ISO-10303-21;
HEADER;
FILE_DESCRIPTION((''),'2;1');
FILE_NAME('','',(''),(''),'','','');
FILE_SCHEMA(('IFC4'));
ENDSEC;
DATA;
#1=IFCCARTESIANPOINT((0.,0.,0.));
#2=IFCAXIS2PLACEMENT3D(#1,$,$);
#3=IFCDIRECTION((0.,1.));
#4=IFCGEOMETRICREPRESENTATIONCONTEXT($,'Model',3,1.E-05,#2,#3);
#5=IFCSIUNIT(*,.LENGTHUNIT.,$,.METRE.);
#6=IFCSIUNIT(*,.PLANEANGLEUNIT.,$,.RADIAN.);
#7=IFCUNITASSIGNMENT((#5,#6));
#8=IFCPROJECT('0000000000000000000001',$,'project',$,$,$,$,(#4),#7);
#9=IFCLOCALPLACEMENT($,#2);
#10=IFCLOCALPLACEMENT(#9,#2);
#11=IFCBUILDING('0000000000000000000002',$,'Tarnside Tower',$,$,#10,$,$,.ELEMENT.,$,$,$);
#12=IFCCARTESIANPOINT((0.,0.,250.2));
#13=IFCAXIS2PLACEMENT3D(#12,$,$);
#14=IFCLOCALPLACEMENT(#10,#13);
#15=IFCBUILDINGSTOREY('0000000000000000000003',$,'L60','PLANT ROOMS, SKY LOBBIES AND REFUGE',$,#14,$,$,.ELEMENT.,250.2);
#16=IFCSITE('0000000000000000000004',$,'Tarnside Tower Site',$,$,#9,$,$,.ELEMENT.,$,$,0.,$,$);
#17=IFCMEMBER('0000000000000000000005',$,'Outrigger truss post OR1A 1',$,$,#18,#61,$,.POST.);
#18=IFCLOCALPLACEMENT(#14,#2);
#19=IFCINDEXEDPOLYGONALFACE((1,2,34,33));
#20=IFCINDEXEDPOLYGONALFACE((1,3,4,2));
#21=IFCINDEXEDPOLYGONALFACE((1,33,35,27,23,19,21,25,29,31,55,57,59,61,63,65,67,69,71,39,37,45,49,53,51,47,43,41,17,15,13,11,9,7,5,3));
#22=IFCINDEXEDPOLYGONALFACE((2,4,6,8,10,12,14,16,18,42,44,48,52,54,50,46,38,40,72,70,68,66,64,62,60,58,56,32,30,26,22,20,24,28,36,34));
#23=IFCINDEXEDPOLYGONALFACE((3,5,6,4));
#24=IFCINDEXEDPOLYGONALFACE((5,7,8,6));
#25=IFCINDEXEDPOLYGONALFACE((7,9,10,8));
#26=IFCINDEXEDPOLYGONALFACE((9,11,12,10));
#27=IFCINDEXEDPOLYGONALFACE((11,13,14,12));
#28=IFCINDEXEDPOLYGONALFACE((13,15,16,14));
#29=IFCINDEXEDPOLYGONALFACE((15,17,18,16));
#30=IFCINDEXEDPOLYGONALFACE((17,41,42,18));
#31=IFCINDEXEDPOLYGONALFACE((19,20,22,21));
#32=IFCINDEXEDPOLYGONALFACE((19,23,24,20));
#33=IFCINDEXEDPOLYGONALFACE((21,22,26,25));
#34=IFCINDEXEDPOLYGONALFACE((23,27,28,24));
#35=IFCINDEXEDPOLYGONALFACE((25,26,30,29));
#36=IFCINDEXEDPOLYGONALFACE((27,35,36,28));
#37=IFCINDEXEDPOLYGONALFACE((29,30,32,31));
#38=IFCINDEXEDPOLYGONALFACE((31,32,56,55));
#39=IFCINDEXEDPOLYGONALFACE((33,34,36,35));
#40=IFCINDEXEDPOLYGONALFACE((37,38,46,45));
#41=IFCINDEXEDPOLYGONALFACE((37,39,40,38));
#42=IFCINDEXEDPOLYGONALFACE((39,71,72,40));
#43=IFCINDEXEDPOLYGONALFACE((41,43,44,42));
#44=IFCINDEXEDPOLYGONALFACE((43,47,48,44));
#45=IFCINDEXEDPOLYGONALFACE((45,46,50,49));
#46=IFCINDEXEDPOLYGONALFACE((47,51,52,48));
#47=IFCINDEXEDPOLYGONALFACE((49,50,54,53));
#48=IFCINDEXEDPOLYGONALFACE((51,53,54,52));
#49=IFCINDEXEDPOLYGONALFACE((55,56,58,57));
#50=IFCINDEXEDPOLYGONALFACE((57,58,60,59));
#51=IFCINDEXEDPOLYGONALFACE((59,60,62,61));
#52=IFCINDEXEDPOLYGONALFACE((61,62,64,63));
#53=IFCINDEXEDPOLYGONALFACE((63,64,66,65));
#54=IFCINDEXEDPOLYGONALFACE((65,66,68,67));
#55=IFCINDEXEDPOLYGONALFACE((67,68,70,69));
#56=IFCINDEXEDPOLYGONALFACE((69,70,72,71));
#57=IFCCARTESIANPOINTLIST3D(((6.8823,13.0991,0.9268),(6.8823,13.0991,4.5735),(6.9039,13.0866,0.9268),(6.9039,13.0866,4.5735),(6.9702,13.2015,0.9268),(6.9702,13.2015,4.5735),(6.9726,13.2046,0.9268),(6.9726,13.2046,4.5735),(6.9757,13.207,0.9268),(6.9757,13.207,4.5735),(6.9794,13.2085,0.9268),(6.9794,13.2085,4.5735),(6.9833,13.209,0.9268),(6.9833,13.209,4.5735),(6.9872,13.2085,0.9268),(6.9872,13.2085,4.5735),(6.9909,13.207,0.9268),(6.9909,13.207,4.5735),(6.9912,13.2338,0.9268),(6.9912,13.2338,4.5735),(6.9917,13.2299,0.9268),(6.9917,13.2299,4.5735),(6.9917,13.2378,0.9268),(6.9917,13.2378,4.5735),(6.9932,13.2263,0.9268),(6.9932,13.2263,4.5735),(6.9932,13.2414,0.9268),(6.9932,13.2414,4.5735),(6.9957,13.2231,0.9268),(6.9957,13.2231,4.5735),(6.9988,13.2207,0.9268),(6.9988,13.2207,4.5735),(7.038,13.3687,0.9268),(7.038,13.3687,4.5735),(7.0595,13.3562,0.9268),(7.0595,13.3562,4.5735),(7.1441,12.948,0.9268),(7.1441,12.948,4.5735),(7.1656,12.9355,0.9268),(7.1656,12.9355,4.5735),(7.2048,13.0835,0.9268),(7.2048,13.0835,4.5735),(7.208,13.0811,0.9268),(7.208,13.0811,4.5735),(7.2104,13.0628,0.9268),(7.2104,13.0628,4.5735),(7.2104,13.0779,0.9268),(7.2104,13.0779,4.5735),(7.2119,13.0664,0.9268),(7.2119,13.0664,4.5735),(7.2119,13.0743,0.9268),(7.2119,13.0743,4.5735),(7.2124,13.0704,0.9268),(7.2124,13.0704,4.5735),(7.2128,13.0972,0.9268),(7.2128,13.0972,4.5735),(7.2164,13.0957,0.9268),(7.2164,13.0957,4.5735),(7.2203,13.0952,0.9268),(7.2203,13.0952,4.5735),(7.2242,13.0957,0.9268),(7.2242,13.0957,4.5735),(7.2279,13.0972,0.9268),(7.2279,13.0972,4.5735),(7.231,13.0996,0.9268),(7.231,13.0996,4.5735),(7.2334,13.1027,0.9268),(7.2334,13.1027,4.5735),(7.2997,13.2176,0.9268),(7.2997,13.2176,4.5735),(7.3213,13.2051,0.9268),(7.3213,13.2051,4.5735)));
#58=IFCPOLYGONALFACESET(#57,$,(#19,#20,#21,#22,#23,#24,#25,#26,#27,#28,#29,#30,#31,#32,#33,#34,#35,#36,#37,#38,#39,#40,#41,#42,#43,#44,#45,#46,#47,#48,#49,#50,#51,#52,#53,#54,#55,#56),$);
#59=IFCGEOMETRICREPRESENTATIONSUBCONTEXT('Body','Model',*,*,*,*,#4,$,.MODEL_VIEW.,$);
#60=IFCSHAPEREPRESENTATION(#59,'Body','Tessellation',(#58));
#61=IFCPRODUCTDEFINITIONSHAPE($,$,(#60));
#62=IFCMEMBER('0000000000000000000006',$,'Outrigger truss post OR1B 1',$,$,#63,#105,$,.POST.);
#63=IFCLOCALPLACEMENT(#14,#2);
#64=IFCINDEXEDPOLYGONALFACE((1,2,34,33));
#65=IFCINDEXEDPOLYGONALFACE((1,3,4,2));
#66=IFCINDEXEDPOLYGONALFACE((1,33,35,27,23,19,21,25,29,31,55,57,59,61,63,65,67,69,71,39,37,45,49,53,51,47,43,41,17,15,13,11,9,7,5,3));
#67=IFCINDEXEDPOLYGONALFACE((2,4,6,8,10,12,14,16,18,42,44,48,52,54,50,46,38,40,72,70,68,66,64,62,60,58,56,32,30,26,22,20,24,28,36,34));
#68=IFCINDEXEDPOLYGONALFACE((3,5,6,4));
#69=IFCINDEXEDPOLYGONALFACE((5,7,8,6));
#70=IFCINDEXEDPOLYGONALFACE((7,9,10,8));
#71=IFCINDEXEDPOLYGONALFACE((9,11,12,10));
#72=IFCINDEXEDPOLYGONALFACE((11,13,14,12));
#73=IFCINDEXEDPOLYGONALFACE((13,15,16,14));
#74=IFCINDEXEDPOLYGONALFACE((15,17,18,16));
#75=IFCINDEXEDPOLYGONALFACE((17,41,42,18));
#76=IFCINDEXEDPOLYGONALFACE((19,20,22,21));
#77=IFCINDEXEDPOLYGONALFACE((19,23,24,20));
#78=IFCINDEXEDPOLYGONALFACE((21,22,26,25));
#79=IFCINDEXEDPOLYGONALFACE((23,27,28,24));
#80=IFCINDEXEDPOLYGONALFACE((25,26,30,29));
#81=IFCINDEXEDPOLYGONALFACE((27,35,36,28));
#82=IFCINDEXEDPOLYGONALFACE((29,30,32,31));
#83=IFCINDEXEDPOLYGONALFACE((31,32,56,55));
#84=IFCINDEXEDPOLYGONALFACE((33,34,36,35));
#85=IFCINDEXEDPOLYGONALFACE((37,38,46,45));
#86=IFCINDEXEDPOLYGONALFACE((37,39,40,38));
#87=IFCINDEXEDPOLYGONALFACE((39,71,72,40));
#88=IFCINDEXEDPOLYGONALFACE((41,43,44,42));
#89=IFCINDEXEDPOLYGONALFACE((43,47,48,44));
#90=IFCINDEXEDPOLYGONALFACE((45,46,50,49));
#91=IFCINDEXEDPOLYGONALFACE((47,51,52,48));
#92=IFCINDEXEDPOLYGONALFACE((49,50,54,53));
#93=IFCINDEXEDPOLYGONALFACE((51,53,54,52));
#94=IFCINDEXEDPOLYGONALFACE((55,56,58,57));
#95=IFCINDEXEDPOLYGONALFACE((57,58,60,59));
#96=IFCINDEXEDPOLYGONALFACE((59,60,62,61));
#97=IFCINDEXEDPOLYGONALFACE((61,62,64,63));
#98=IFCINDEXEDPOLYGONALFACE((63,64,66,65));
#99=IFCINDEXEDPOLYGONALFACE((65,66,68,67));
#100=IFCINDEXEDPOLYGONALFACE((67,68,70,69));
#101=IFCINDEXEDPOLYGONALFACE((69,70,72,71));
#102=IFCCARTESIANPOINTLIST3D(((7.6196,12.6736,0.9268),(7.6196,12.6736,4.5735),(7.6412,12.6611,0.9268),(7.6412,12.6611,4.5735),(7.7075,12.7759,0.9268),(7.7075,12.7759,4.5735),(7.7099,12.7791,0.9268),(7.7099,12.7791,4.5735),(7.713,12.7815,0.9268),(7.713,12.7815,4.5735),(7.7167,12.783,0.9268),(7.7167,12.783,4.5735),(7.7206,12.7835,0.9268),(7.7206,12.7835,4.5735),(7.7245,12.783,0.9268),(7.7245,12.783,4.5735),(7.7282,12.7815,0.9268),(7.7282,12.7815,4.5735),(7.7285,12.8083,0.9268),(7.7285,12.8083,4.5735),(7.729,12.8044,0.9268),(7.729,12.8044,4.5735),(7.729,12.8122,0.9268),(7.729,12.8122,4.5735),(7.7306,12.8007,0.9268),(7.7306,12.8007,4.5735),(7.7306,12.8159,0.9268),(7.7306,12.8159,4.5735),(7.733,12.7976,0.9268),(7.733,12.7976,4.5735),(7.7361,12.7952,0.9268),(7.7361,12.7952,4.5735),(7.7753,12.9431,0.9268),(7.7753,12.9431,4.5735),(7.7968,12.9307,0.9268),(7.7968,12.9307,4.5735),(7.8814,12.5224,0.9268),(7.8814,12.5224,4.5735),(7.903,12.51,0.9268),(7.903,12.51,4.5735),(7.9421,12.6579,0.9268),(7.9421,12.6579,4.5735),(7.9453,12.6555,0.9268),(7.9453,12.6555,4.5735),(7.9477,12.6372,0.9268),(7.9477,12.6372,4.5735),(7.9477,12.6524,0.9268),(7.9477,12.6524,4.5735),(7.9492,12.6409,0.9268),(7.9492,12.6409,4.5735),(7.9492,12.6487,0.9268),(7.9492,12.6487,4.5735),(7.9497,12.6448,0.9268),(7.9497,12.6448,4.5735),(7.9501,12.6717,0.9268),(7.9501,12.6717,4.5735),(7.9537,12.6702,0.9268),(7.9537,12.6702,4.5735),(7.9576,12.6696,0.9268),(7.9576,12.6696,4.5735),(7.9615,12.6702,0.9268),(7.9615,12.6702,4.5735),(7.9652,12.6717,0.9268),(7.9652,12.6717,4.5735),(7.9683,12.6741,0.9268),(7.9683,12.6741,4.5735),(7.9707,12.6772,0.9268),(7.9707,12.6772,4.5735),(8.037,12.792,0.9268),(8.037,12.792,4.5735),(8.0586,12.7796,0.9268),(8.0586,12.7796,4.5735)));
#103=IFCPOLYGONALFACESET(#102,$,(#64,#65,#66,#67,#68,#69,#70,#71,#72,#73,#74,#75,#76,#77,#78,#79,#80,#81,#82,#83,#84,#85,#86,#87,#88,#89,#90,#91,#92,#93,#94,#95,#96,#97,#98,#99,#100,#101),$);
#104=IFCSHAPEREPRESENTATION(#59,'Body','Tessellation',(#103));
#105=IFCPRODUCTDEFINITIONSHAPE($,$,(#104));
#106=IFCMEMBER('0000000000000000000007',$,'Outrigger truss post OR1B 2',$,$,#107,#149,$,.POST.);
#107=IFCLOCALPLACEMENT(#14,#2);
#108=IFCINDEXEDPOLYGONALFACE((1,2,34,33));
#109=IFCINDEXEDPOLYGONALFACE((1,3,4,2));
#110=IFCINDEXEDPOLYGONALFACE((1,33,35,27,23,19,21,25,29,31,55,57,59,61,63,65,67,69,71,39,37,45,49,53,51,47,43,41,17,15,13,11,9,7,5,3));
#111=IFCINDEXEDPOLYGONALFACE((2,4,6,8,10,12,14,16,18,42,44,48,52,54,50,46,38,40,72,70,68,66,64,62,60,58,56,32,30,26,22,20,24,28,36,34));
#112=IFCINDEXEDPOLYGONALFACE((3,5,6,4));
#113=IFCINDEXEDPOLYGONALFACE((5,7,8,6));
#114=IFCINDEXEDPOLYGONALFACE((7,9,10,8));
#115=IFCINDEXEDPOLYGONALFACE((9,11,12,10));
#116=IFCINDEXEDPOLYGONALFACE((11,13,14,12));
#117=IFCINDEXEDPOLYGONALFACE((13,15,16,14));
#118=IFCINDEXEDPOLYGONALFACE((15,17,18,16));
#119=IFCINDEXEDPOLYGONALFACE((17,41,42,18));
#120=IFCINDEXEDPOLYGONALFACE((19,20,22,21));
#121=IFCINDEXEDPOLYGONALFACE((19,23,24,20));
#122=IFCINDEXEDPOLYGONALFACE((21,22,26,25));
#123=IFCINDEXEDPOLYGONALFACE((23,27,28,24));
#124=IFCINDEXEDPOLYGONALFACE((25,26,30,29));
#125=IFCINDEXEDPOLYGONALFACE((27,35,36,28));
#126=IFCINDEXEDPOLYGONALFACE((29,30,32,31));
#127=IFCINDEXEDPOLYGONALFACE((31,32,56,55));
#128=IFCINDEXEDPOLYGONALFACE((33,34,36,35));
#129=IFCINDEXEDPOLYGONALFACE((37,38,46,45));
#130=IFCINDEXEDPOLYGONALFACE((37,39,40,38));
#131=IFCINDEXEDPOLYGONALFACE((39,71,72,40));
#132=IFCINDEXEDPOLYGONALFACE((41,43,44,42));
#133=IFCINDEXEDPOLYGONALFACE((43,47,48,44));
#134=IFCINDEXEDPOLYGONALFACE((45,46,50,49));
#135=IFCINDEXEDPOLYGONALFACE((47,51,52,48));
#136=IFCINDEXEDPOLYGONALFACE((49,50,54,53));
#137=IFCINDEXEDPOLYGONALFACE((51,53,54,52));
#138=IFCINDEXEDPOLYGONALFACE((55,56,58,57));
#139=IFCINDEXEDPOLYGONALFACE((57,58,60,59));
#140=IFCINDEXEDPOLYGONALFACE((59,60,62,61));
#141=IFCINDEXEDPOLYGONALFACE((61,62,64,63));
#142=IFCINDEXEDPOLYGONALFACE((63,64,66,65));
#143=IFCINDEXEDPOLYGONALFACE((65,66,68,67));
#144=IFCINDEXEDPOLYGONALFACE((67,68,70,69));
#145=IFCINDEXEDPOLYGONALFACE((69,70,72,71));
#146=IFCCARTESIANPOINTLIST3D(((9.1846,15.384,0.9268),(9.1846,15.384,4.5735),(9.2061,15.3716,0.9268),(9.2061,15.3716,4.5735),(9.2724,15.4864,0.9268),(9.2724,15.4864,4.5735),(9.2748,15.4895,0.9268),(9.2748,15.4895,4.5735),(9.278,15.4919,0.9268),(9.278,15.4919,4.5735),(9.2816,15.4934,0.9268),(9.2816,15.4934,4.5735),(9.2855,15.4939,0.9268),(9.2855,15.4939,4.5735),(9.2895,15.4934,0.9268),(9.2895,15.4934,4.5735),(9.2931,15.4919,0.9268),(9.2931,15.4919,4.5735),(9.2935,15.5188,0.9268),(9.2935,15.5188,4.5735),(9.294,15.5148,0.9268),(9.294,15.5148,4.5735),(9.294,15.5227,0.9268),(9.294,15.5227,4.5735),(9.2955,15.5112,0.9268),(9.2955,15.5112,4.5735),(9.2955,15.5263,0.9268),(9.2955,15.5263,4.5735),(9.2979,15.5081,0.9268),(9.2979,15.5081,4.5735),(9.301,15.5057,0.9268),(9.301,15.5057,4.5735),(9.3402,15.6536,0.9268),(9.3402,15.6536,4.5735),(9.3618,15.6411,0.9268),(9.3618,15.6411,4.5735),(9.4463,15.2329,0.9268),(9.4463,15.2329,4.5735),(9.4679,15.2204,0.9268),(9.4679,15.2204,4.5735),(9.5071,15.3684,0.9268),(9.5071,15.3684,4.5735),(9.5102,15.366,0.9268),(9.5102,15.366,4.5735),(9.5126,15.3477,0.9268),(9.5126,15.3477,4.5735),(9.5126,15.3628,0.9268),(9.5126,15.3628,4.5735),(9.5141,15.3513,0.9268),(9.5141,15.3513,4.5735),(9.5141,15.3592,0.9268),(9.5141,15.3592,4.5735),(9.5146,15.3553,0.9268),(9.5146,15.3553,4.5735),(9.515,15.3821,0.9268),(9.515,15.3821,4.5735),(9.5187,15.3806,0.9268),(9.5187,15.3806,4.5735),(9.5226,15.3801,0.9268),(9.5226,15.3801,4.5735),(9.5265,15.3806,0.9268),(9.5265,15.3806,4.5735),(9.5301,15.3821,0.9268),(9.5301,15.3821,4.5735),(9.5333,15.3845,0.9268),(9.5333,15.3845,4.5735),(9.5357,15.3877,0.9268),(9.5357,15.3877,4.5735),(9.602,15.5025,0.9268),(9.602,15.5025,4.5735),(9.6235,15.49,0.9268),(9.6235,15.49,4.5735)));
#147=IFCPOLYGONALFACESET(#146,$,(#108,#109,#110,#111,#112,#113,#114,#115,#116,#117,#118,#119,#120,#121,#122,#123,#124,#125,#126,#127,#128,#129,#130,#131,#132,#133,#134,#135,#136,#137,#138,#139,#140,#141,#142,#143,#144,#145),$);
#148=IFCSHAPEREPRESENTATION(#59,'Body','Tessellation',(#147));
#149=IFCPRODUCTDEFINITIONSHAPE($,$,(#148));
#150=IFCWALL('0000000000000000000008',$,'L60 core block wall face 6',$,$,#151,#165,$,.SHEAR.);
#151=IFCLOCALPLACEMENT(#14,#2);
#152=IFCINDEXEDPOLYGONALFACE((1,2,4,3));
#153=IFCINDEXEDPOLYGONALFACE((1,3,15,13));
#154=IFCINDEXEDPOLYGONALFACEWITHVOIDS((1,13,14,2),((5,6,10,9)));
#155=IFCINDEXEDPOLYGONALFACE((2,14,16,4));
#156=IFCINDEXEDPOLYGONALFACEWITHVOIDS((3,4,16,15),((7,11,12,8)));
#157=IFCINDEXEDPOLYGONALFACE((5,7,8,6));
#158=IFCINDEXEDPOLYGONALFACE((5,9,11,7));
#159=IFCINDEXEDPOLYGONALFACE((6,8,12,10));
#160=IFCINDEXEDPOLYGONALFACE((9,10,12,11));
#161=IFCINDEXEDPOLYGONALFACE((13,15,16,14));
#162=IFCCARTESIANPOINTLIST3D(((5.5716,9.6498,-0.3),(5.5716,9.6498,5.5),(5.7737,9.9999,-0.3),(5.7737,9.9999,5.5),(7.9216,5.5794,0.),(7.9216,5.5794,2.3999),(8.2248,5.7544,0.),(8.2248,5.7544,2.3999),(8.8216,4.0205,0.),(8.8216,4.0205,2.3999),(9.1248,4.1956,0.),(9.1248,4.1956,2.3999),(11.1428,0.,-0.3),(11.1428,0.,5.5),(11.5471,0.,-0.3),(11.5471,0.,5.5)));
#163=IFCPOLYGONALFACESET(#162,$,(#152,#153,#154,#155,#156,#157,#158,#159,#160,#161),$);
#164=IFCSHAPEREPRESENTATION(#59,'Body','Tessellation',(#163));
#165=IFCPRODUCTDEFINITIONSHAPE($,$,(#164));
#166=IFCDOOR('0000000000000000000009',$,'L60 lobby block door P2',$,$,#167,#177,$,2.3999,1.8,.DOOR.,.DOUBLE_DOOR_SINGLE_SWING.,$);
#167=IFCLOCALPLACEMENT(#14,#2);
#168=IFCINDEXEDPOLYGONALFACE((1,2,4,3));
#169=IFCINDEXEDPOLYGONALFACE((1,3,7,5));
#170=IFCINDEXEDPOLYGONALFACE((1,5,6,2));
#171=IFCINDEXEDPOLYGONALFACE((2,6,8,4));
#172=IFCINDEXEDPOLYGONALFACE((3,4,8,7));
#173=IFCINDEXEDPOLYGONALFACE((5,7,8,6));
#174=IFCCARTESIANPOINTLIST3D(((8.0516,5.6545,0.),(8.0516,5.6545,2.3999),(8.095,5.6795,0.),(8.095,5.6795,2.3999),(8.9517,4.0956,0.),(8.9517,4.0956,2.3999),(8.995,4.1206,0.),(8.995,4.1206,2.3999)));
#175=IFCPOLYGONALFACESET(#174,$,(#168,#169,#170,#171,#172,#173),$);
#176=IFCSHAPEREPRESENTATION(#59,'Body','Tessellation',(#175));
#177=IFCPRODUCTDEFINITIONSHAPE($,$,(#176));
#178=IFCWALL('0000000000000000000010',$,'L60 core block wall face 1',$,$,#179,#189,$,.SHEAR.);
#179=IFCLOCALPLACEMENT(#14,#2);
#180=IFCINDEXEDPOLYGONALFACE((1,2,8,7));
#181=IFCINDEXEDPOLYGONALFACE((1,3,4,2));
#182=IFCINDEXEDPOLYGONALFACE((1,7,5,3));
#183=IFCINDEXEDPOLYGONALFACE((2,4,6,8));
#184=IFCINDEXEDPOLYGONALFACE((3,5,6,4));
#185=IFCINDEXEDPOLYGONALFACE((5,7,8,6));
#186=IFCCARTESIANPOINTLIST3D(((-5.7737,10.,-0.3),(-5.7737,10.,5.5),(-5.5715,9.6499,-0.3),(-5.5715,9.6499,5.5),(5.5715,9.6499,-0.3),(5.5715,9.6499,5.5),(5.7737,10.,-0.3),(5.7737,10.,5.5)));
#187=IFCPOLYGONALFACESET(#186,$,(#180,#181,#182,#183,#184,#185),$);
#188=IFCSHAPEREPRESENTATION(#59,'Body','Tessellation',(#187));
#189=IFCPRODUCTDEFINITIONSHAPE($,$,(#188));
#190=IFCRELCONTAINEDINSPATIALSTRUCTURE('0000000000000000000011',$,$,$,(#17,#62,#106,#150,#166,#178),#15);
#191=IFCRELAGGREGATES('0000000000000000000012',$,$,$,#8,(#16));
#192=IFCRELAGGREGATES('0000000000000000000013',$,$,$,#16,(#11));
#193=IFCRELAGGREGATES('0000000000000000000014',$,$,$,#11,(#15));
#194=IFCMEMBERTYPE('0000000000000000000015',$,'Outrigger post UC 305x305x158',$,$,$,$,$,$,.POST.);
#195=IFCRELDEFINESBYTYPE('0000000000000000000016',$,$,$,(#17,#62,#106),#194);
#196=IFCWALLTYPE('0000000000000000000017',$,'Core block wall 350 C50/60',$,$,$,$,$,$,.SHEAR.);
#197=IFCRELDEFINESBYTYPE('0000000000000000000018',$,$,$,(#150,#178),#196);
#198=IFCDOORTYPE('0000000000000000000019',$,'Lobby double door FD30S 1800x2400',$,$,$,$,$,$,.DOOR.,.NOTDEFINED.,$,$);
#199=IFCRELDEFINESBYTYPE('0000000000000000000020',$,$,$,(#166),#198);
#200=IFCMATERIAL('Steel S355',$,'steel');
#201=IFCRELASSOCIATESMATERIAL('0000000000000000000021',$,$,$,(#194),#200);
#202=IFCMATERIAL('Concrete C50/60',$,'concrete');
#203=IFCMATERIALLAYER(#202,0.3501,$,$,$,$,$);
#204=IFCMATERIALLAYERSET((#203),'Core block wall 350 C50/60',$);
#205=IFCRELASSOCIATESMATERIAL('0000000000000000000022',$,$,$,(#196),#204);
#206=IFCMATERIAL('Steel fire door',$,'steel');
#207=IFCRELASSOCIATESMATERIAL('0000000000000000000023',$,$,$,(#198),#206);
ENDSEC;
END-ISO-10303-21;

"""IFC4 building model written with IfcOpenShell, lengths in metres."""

from ifc_helpers import new_model, si_unit, direction, frame, frame_2d, origin, origin_2d, place, context, subcontext, project, spatial, polyline, rectangle, i_section, outline, extrude, material, layer, layer_set, material_profile, profile_set, type_object, element, fill, save


model = new_model("IFC4")

# Units and contexts
model_context = context("Model", 3, precision=1e-05, world=origin(), true_north=direction((0.0, 1.0)))
body_context = subcontext(model_context, "Body", "Model", "MODEL_VIEW")
ifc_project = project(units=[si_unit("LENGTHUNIT", "METRE"), si_unit("PLANEANGLEUNIT", "RADIAN")], contexts=[model_context])

# Site, building, storey
site_placement = place(None, origin())
site = spatial("IfcSite", under=ifc_project, at=site_placement, Name="Tarnside Tower Site", CompositionType="ELEMENT", RefElevation=0.0)
building_placement = place(site_placement, origin())
building = spatial("IfcBuilding", under=site, at=building_placement, Name="Tarnside Tower", CompositionType="ELEMENT")
storey_placement = place(building_placement, frame((0.0, 0.0, 250.2)))
storey = spatial("IfcBuildingStorey", under=building, at=storey_placement, Name="L60", Description="PLANT ROOMS, SKY LOBBIES AND REFUGE", CompositionType="ELEMENT", Elevation=250.2)

# Members
ifc_material_1 = material(Name="Steel S355", Category="steel")
ifc_material_profile_1 = material_profile(ifc_material_1, i_section(OverallWidth=0.3113, OverallDepth=0.3271, WebThickness=0.0159, FlangeThickness=0.0249, FilletRadius=0.0151, at=origin_2d()), Name="UC 305x305x158")
ifc_profile_set_1 = profile_set([ifc_material_profile_1], Name="Steel S355")
member_type_1 = type_object("IfcMemberType", Name="Outrigger post UC 305x305x158", PredefinedType="POST", material=ifc_profile_set_1)
for number, where, z_axis, x_axis, name in (
    (1, (7.1018, 13.1521, 0.9268), (0.0, 0.0, 1.0), (0.5, 0.866025, 0.0), "Outrigger truss post OR1A 1"),
    (2, (7.8391, 12.7266, 0.9268), (0.0, 0.0, 1.0), (0.5, 0.866025, 0.0), "Outrigger truss post OR1B 1"),
    (3, (9.4041, 15.437, 0.9268), (0.0, 0.0, 1.0), (0.5, 0.866025, 0.0), "Outrigger truss post OR1B 2"),
):
    element("IfcMember", number, at=place(storey_placement, frame(where, z_axis=z_axis, x_axis=x_axis)), inside=storey, type_object=member_type_1, Name=name, PredefinedType="POST", context=body_context, shape_type="SweptSolid", body=[
        extrude(i_section(OverallWidth=0.3113, OverallDepth=0.3271, WebThickness=0.0159, FlangeThickness=0.0249, FilletRadius=0.0151, at=origin_2d()), origin(), (0.0, 0.0, 1.0), 3.6467),
    ])

# Wall, opening, door
ifc_material_2 = material(Name="Concrete C50/60", Category="concrete")
ifc_layer_1 = layer(ifc_material_2, 0.3501)
ifc_layer_set_1 = layer_set([ifc_layer_1], Name="Core block wall 350 C50/60")
wall_type_1 = type_object("IfcWallType", Name="Core block wall 350 C50/60", PredefinedType="SHEAR", material=ifc_layer_set_1)
wall_1_placement = place(storey_placement, frame((11.345, 0.0, -0.3), z_axis=(0.0, 0.0, 1.0), x_axis=(-0.499995, 0.866028, 0.0)))
wall_1 = element("IfcWall", 4, at=wall_1_placement, inside=storey, type_object=wall_type_1, Name="L60 core block wall face 6", PredefinedType="SHEAR", context=body_context, shape_type="SweptSolid", body=[
    extrude(outline(polyline([(-0.1011, -0.175), (11.4458, -0.175), (11.2437, 0.175), (0.1011, 0.175), (-0.1011, -0.175)])), origin(), (0.0, 0.0, 1.0), 5.8),
])
opening_1_placement = place(wall_1_placement, frame((4.7437, 0.0, 0.3)))
opening_1 = element("IfcOpeningElement", 5, at=opening_1_placement, cuts=wall_1, PredefinedType="OPENING", context=body_context, shape_type="SweptSolid", body=[
    extrude(rectangle(XDim=1.8, YDim=2.3999, at=frame_2d((0.8999, 1.2))), frame((0.0, 0.1851, 0.0), z_axis=(0.0, -1.0, 0.0), x_axis=(1.0, 0.0, 0.0)), (0.0, 0.0, 1.0), 0.3701),
])
ifc_material_3 = material(Name="Steel fire door", Category="steel")
door_type_1 = type_object("IfcDoorType", Name="Lobby double door FD30S 1800x2400", OperationType="NOTDEFINED", PredefinedType="DOOR", material=ifc_material_3)
door_1_placement = place(opening_1_placement, origin())
door_1 = element("IfcDoor", 6, at=door_1_placement, inside=storey, type_object=door_type_1, Name="L60 lobby block door P2", OperationType="DOUBLE_DOOR_SINGLE_SWING", OverallHeight=2.3999, OverallWidth=1.8, PredefinedType="DOOR", context=body_context, shape_type="SweptSolid", body=[
    extrude(rectangle(XDim=1.8, YDim=2.3999, at=frame_2d((0.8999, 1.2))), frame((0.0, 0.0249, 0.0), z_axis=(0.0, -1.0, 0.0), x_axis=(1.0, 0.0, 0.0)), (0.0, 0.0, 1.0), 0.05),
])
fill(opening_1, door_1)

# Wall
wall_2_placement = place(storey_placement, frame((5.6726, 9.825, -0.3), z_axis=(0.0, 0.0, 1.0), x_axis=(-1.0, 0.0, 0.0)))
element("IfcWall", 7, at=wall_2_placement, inside=storey, type_object=wall_type_1, Name="L60 core block wall face 1", PredefinedType="SHEAR", context=body_context, shape_type="SweptSolid", body=[
    extrude(outline(polyline([(-0.1011, -0.175), (11.4463, -0.175), (11.2441, 0.175), (0.1011, 0.175), (-0.1011, -0.175)])), origin(), (0.0, 0.0, 1.0), 5.8),
])

save(model, "model.ifc")
